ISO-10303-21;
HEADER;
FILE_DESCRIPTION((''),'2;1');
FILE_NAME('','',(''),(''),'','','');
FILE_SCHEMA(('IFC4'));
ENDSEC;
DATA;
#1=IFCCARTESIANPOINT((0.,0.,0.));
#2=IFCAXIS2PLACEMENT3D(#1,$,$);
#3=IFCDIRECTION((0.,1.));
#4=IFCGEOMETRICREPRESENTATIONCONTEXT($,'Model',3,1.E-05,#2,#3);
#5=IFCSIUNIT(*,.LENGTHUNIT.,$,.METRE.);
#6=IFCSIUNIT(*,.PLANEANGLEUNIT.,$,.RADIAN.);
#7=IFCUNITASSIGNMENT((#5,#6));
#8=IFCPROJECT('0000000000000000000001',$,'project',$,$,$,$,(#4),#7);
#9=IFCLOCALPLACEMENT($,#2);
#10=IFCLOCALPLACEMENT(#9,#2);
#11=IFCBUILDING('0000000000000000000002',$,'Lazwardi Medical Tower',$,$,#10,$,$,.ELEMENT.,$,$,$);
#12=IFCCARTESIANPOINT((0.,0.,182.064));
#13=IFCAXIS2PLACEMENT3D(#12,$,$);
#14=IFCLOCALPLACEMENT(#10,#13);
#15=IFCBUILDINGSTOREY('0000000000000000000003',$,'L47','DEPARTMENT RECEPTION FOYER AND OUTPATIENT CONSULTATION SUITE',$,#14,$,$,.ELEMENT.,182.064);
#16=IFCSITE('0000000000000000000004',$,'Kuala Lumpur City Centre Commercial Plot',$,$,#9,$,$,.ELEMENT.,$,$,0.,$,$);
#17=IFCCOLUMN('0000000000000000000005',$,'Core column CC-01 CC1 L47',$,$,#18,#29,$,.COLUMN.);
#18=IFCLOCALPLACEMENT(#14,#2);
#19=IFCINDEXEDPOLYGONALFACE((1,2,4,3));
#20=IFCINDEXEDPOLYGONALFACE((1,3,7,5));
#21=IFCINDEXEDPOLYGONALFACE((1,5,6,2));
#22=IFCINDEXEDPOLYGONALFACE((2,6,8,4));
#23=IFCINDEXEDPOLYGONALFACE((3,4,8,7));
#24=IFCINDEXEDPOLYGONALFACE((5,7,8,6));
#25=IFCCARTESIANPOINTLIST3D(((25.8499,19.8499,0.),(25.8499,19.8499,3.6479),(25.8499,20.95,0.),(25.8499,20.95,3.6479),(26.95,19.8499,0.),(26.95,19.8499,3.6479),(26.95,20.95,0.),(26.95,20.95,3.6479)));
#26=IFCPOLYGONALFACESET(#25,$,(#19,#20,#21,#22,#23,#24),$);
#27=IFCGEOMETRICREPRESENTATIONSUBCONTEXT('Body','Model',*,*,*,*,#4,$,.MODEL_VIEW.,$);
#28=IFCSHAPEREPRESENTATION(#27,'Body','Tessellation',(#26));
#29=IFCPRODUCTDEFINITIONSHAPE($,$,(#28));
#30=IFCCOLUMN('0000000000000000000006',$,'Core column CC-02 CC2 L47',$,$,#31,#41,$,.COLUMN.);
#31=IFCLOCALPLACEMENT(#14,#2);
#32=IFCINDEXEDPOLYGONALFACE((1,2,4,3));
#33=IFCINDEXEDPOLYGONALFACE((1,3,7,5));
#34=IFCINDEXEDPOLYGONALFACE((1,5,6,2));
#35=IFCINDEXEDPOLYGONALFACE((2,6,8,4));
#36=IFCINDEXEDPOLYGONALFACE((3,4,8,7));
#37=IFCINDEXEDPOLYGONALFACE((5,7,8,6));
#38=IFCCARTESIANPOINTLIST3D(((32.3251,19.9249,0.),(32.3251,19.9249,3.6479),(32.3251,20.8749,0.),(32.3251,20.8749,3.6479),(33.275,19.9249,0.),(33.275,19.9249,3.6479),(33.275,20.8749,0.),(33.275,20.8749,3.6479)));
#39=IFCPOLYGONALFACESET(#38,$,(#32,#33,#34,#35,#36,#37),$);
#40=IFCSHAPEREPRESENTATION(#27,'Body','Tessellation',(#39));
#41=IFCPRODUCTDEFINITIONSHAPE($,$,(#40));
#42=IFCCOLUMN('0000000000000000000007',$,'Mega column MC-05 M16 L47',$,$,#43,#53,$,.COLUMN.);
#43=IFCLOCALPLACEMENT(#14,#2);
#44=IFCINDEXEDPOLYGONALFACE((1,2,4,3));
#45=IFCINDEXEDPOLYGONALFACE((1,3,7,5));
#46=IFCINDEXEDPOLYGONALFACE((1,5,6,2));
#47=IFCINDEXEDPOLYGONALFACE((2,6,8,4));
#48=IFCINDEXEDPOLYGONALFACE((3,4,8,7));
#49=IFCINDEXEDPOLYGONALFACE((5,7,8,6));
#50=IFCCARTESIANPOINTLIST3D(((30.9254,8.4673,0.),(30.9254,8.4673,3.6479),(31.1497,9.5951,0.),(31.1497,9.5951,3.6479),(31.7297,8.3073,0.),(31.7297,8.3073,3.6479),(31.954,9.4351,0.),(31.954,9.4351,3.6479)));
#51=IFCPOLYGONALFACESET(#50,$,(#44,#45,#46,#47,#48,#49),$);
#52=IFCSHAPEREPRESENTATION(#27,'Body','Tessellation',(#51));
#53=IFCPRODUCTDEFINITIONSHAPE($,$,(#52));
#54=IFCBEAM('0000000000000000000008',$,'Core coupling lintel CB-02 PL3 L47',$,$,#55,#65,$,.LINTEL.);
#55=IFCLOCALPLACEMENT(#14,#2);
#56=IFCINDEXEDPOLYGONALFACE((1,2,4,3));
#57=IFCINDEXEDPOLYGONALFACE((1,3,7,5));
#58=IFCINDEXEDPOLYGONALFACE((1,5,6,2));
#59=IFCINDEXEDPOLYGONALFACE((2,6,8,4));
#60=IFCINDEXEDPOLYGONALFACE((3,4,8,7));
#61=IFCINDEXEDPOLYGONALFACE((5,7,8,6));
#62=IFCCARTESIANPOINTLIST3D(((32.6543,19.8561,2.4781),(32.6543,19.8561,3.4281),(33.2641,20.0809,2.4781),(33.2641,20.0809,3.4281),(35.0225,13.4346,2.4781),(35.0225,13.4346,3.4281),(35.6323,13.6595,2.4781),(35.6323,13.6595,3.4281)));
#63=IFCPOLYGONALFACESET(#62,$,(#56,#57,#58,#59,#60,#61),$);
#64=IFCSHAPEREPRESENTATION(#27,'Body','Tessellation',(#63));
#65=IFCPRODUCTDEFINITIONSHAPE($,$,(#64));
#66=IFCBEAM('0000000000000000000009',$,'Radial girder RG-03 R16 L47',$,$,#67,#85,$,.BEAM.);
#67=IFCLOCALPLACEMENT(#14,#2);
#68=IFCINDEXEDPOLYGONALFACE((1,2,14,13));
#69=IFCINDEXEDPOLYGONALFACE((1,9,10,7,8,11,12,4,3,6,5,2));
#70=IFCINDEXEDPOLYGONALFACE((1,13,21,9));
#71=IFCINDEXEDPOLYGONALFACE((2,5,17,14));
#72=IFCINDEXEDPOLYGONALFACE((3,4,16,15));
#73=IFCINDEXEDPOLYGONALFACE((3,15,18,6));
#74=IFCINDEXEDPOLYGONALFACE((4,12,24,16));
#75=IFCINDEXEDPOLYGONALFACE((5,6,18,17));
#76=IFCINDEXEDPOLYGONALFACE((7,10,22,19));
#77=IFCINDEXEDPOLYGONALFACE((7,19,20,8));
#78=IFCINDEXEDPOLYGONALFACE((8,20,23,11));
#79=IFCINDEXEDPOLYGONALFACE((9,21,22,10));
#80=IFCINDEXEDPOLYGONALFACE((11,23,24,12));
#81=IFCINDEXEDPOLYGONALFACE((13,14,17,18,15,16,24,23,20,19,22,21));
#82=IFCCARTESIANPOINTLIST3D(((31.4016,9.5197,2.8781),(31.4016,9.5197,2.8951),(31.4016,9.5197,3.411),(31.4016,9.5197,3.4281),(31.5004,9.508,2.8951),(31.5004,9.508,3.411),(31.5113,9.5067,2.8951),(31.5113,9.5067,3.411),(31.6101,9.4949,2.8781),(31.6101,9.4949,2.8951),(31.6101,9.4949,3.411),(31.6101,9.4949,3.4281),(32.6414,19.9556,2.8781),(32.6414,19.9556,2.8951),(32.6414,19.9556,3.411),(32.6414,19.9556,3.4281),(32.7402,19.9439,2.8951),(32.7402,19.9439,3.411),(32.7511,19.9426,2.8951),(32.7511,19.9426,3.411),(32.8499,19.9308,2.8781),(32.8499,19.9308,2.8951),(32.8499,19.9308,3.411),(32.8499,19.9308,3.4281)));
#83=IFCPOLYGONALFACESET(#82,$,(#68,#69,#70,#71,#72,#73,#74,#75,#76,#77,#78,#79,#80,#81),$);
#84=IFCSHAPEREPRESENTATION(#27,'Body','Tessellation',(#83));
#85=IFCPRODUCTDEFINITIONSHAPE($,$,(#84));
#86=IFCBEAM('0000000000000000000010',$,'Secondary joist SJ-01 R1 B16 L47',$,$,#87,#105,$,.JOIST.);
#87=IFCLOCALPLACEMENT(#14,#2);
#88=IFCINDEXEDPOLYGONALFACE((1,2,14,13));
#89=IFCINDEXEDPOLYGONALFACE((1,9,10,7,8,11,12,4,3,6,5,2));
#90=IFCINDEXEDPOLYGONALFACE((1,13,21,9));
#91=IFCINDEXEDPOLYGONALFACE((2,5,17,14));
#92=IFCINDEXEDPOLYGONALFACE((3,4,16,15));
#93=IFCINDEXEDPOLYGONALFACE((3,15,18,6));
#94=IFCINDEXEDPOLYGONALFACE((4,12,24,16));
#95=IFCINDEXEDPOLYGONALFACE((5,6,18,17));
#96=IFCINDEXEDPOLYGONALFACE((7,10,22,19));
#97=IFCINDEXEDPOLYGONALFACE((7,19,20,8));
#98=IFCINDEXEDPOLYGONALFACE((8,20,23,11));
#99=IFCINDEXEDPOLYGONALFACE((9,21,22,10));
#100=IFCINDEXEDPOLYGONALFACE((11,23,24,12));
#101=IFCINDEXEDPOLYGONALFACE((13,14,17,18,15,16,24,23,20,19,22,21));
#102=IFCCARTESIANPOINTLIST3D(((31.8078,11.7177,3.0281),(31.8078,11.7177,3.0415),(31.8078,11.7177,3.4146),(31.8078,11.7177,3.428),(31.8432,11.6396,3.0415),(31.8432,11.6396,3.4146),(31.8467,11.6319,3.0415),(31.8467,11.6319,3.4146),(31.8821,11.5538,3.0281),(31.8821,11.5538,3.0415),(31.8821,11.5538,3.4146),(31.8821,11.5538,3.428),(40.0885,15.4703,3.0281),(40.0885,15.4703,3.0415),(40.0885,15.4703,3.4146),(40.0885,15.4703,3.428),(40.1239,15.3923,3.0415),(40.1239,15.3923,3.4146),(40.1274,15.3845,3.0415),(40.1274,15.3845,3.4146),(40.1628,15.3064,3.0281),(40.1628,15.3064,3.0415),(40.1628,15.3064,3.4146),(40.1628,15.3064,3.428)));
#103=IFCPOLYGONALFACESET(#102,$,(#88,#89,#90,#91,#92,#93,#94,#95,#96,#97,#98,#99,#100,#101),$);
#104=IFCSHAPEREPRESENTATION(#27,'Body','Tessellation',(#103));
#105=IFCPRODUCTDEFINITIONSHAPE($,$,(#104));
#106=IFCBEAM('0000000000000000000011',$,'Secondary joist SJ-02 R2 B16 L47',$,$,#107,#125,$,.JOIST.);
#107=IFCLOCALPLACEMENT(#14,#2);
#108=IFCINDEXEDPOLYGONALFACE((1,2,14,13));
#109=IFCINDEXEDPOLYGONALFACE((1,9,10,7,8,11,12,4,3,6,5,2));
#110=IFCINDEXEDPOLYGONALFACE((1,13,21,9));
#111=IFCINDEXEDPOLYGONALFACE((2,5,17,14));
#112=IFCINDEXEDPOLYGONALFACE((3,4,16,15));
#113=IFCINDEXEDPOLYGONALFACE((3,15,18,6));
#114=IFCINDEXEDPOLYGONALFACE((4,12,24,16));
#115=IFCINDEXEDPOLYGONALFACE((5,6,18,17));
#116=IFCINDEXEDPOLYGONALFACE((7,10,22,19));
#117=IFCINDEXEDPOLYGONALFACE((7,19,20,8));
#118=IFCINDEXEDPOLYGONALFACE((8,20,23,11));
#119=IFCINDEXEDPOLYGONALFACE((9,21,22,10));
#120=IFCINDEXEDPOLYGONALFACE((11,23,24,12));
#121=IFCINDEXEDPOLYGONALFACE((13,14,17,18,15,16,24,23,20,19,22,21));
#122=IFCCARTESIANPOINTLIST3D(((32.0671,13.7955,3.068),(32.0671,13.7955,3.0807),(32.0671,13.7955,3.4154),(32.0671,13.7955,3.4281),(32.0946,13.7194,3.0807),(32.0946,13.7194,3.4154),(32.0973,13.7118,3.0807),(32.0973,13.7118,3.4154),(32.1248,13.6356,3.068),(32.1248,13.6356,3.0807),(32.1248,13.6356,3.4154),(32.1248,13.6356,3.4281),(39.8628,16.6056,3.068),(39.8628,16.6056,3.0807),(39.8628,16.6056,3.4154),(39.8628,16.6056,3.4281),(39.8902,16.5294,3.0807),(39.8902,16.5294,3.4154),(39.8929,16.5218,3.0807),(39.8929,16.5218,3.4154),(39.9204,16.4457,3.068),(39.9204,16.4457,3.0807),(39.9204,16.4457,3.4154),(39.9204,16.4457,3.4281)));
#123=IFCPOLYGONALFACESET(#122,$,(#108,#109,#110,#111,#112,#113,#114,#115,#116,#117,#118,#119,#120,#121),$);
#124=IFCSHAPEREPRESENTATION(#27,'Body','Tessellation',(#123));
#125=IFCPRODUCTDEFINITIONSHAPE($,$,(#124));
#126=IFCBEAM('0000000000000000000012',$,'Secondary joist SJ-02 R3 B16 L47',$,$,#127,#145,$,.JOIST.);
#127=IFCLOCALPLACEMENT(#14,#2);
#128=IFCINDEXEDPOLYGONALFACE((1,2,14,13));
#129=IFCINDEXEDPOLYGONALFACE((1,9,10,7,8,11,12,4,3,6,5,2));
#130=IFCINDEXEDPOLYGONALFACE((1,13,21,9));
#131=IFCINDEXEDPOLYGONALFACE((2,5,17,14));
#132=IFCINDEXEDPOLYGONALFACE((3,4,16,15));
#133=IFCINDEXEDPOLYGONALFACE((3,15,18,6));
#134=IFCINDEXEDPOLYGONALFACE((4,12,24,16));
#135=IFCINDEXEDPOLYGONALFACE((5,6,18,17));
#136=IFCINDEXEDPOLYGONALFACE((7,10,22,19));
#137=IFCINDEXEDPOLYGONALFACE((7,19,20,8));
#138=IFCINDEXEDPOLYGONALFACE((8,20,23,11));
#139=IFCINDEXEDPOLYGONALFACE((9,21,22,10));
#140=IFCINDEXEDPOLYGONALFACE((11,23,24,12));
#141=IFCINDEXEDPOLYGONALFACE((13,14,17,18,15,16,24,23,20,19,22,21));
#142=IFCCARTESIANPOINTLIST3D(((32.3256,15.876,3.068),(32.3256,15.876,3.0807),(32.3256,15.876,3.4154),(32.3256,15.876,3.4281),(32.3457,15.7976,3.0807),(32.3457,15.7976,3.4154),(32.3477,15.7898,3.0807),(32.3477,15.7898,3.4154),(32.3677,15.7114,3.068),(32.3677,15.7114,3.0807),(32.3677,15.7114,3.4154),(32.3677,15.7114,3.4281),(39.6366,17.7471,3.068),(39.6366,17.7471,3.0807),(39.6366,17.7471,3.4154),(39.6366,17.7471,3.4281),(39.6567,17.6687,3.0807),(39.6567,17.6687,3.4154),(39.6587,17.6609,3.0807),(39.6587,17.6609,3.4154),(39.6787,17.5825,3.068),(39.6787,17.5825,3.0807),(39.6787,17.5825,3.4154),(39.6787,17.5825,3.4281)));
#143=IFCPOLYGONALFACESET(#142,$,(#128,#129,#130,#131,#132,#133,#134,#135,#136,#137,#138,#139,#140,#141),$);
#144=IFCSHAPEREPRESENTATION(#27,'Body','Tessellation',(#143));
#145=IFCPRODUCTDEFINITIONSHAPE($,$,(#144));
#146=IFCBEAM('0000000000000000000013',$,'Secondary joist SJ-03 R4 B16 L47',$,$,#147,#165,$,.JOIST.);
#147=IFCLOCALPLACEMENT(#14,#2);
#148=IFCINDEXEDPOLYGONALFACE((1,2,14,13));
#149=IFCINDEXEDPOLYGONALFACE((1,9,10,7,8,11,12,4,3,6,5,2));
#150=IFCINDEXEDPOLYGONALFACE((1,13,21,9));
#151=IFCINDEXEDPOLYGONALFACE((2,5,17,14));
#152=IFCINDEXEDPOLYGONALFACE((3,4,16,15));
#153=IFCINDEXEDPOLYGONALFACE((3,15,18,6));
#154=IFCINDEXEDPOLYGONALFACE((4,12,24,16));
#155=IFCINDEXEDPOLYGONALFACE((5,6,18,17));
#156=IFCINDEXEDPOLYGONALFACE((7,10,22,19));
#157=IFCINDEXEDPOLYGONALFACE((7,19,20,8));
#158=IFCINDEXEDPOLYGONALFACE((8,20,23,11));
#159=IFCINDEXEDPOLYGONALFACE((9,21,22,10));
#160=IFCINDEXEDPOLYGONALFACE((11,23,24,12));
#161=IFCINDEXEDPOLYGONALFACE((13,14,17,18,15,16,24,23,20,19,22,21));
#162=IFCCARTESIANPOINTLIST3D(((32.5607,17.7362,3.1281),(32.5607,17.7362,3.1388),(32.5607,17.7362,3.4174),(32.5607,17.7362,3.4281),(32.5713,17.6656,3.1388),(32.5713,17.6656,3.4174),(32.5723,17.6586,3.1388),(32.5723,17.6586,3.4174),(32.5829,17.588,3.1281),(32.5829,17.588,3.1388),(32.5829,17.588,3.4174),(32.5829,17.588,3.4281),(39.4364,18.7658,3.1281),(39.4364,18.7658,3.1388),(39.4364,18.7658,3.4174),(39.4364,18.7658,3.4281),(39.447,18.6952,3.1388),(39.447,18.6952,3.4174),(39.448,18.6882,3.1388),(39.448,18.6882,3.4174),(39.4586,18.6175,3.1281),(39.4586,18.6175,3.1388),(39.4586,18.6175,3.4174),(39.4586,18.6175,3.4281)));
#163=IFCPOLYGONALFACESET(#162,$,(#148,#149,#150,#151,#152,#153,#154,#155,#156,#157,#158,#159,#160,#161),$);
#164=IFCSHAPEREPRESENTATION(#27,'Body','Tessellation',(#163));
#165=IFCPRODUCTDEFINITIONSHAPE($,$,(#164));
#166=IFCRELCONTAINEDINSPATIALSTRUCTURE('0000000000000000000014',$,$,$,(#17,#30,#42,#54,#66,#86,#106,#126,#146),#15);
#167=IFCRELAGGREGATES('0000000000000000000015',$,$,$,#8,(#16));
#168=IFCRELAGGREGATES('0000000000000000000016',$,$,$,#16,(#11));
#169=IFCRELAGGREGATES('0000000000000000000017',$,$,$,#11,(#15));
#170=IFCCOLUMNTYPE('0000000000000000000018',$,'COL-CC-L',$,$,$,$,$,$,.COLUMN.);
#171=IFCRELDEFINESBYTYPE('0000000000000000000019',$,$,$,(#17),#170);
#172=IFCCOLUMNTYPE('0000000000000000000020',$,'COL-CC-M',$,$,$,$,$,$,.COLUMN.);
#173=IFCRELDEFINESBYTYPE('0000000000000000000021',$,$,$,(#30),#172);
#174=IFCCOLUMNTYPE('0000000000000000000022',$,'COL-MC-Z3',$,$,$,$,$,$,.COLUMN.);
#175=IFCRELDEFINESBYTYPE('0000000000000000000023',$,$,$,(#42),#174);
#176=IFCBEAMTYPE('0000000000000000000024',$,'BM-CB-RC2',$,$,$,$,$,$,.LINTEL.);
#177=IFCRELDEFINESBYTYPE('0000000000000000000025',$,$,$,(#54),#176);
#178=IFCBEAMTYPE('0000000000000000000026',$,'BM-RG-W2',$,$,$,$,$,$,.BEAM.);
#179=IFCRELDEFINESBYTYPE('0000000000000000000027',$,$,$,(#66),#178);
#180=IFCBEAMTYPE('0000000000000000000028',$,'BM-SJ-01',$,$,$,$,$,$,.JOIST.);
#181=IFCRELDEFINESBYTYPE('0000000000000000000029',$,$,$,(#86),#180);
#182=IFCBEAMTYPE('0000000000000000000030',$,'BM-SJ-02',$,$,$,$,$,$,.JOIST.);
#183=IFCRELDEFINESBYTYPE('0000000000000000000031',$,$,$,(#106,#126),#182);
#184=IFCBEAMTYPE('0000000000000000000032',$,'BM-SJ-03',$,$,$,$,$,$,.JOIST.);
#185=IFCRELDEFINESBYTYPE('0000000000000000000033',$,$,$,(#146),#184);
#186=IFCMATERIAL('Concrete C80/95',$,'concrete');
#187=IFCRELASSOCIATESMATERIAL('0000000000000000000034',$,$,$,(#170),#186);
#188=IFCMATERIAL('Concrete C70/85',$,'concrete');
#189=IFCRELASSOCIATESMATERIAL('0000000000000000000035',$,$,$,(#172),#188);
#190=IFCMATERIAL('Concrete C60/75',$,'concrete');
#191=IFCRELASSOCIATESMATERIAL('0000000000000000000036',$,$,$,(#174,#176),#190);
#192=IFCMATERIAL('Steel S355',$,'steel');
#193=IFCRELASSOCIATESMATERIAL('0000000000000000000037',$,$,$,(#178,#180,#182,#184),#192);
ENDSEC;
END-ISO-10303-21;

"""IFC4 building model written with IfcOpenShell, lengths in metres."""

from ifc_helpers import new_model, si_unit, direction, frame, origin, origin_2d, place, context, subcontext, project, spatial, rectangle, i_section, extrude, material, material_profile, profile_set, type_object, element, save


model = new_model("IFC4")

# Units and contexts
model_context = context("Model", 3, precision=1e-05, world=origin(), true_north=direction((0.0, 1.0)))
body_context = subcontext(model_context, "Body", "Model", "MODEL_VIEW")
ifc_project = project(units=[si_unit("LENGTHUNIT", "METRE"), si_unit("PLANEANGLEUNIT", "RADIAN")], contexts=[model_context])

# Site, building, storey
site_placement = place(None, origin())
site = spatial("IfcSite", under=ifc_project, at=site_placement, Name="Kuala Lumpur City Centre Commercial Plot", CompositionType="ELEMENT", RefElevation=0.0)
building_placement = place(site_placement, origin())
building = spatial("IfcBuilding", under=site, at=building_placement, Name="Lazwardi Medical Tower", CompositionType="ELEMENT")
storey_placement = place(building_placement, frame((0.0, 0.0, 182.064)))
storey = spatial("IfcBuildingStorey", under=building, at=storey_placement, Name="L47", Description="DEPARTMENT RECEPTION FOYER AND OUTPATIENT CONSULTATION SUITE", CompositionType="ELEMENT", Elevation=182.064)

# Columns
ifc_material_1 = material(Name="Concrete C80/95", Category="concrete")
ifc_material_profile_1 = material_profile(ifc_material_1, rectangle(XDim=1.1001, YDim=1.1001, at=origin_2d()), Name="RC 1100x1100")
ifc_profile_set_1 = profile_set([ifc_material_profile_1], Name="Concrete C80/95")
column_type_1 = type_object("IfcColumnType", Name="COL-CC-L", PredefinedType="COLUMN", material=ifc_profile_set_1)
column_1_placement = place(storey_placement, frame((26.3999, 20.3999, 0.0), z_axis=(0.0, 0.0, 1.0), x_axis=(1.0, 0.0, 0.0)))
element("IfcColumn", 1, at=column_1_placement, inside=storey, type_object=column_type_1, Name="Core column CC-01 CC1 L47", PredefinedType="COLUMN", context=body_context, shape_type="SweptSolid", body=[
    extrude(rectangle(XDim=1.1001, YDim=1.1001, at=origin_2d()), origin(), (0.0, 0.0, 1.0), 3.6479),
])
ifc_material_2 = material(Name="Concrete C70/85", Category="concrete")
ifc_material_profile_2 = material_profile(ifc_material_2, rectangle(XDim=0.95, YDim=0.95, at=origin_2d()), Name="RC 950x950")
ifc_profile_set_2 = profile_set([ifc_material_profile_2], Name="Concrete C70/85")
column_type_2 = type_object("IfcColumnType", Name="COL-CC-M", PredefinedType="COLUMN", material=ifc_profile_set_2)
column_2_placement = place(storey_placement, frame((32.8, 20.3999, 0.0), z_axis=(0.0, 0.0, 1.0), x_axis=(1.0, 0.0, 0.0)))
element("IfcColumn", 2, at=column_2_placement, inside=storey, type_object=column_type_2, Name="Core column CC-02 CC2 L47", PredefinedType="COLUMN", context=body_context, shape_type="SweptSolid", body=[
    extrude(rectangle(XDim=0.95, YDim=0.95, at=origin_2d()), origin(), (0.0, 0.0, 1.0), 3.6479),
])
ifc_material_3 = material(Name="Concrete C60/75", Category="concrete")
ifc_material_profile_3 = material_profile(ifc_material_3, rectangle(XDim=1.1499, YDim=0.8201, at=origin_2d()), Name="CFT-RECT 1150x820")
ifc_profile_set_3 = profile_set([ifc_material_profile_3], Name="Concrete C60/75")
column_type_3 = type_object("IfcColumnType", Name="COL-MC-Z3", PredefinedType="COLUMN", material=ifc_profile_set_3)
column_3_placement = place(storey_placement, frame((31.4397, 8.9512, 0.0), z_axis=(0.0, 0.0, 1.0), x_axis=(-0.19509, -0.980785, 0.0)))
element("IfcColumn", 3, at=column_3_placement, inside=storey, type_object=column_type_3, Name="Mega column MC-05 M16 L47", PredefinedType="COLUMN", context=body_context, shape_type="SweptSolid", body=[
    extrude(rectangle(XDim=1.1499, YDim=0.8201, at=origin_2d()), origin(), (0.0, 0.0, 1.0), 3.6479),
])

# Beams
ifc_material_profile_4 = material_profile(ifc_material_3, rectangle(XDim=0.6499, YDim=0.95, at=origin_2d()), Name="RC 650x950")
ifc_profile_set_4 = profile_set([ifc_material_profile_4], Name="Concrete C60/75")
beam_type_1 = type_object("IfcBeamType", Name="BM-CB-RC2", PredefinedType="LINTEL", material=ifc_profile_set_4)
beam_1_placement = place(storey_placement, frame((32.9592, 19.9685, 2.9531), z_axis=(0.346013, -0.93823, 0.0), x_axis=(0.93823, 0.346013, 0.0)))
element("IfcBeam", 4, at=beam_1_placement, inside=storey, type_object=beam_type_1, Name="Core coupling lintel CB-02 PL3 L47", PredefinedType="LINTEL", context=body_context, shape_type="SweptSolid", body=[
    extrude(rectangle(XDim=0.6499, YDim=0.95, at=origin_2d()), origin(), (0.0, 0.0, 1.0), 6.8442),
])
ifc_material_4 = material(Name="Steel S355", Category="steel")
ifc_material_profile_5 = material_profile(ifc_material_4, i_section(OverallWidth=0.21, OverallDepth=0.55, WebThickness=0.011, FlangeThickness=0.0171, at=origin_2d()), Name="IPE 550")
ifc_profile_set_5 = profile_set([ifc_material_profile_5], Name="Steel S355")
beam_type_2 = type_object("IfcBeamType", Name="BM-RG-W2", PredefinedType="BEAM", material=ifc_profile_set_5)
beam_2_placement = place(storey_placement, frame((31.5059, 9.5073, 3.1531), z_axis=(0.117968, 0.993017, 0.0), x_axis=(-0.993017, 0.117968, 0.0)))
element("IfcBeam", 5, at=beam_2_placement, inside=storey, type_object=beam_type_2, Name="Radial girder RG-03 R16 L47", PredefinedType="BEAM", context=body_context, shape_type="SweptSolid", body=[
    extrude(i_section(OverallWidth=0.21, OverallDepth=0.55, WebThickness=0.011, FlangeThickness=0.0171, at=origin_2d()), origin(), (0.0, 0.0, 1.0), 10.5093),
])
ifc_material_profile_6 = material_profile(ifc_material_4, i_section(OverallWidth=0.1799, OverallDepth=0.3999, WebThickness=0.0085, FlangeThickness=0.0134, at=origin_2d()), Name="IPE 400")
ifc_profile_set_6 = profile_set([ifc_material_profile_6], Name="Steel S355")
beam_type_3 = type_object("IfcBeamType", Name="BM-SJ-01", PredefinedType="JOIST", material=ifc_profile_set_6)
beam_3_placement = place(storey_placement, frame((31.845, 11.6357, 3.228), z_axis=(0.910834, 0.412773, 0.0), x_axis=(-0.412773, 0.910834, 0.0)))
element("IfcBeam", 6, at=beam_3_placement, inside=storey, type_object=beam_type_3, Name="Secondary joist SJ-01 R1 B16 L47", PredefinedType="JOIST", context=body_context, shape_type="SweptSolid", body=[
    extrude(i_section(OverallWidth=0.1799, OverallDepth=0.3999, WebThickness=0.0085, FlangeThickness=0.0134, at=origin_2d()), origin(), (0.0, 0.0, 1.0), 9.0913),
])
ifc_material_profile_7 = material_profile(ifc_material_4, i_section(OverallWidth=0.1699, OverallDepth=0.3601, WebThickness=0.0081, FlangeThickness=0.0127, at=origin_2d()), Name="IPE 360")
ifc_profile_set_7 = profile_set([ifc_material_profile_7], Name="Steel S355")
beam_type_4 = type_object("IfcBeamType", Name="BM-SJ-02", PredefinedType="JOIST", material=ifc_profile_set_7)
beam_4_placement = place(storey_placement, frame((32.0959, 13.7156, 3.248), z_axis=(0.940748, 0.339106, 0.0), x_axis=(-0.339106, 0.940748, 0.0)))
element("IfcBeam", 7, at=beam_4_placement, inside=storey, type_object=beam_type_4, Name="Secondary joist SJ-02 R2 B16 L47", PredefinedType="JOIST", context=body_context, shape_type="SweptSolid", body=[
    extrude(i_section(OverallWidth=0.1699, OverallDepth=0.3601, WebThickness=0.0081, FlangeThickness=0.0127, at=origin_2d()), origin(), (0.0, 0.0, 1.0), 8.2866),
])
beam_5_placement = place(storey_placement, frame((32.3467, 15.7937, 3.248), z_axis=(0.968776, 0.247936, 0.0), x_axis=(-0.247936, 0.968776, 0.0)))
element("IfcBeam", 8, at=beam_5_placement, inside=storey, type_object=beam_type_4, Name="Secondary joist SJ-02 R3 B16 L47", PredefinedType="JOIST", context=body_context, shape_type="SweptSolid", body=[
    extrude(i_section(OverallWidth=0.1699, OverallDepth=0.3601, WebThickness=0.0081, FlangeThickness=0.0127, at=origin_2d()), origin(), (0.0, 0.0, 1.0), 7.5466),
])
ifc_material_profile_8 = material_profile(ifc_material_4, i_section(OverallWidth=0.1499, OverallDepth=0.3, WebThickness=0.0071, FlangeThickness=0.0107, at=origin_2d()), Name="IPE 300")
ifc_profile_set_8 = profile_set([ifc_material_profile_8], Name="Steel S355")
beam_type_5 = type_object("IfcBeamType", Name="BM-SJ-03", PredefinedType="JOIST", material=ifc_profile_set_8)
beam_6_placement = place(storey_placement, frame((32.5718, 17.6621, 3.2781), z_axis=(0.988975, 0.148085, 0.0), x_axis=(-0.148085, 0.988975, 0.0)))
element("IfcBeam", 9, at=beam_6_placement, inside=storey, type_object=beam_type_5, Name="Secondary joist SJ-03 R4 B16 L47", PredefinedType="JOIST", context=body_context, shape_type="SweptSolid", body=[
    extrude(i_section(OverallWidth=0.1499, OverallDepth=0.3, WebThickness=0.0071, FlangeThickness=0.0107, at=origin_2d()), origin(), (0.0, 0.0, 1.0), 6.9524),
])

save(model, "model.ifc")
